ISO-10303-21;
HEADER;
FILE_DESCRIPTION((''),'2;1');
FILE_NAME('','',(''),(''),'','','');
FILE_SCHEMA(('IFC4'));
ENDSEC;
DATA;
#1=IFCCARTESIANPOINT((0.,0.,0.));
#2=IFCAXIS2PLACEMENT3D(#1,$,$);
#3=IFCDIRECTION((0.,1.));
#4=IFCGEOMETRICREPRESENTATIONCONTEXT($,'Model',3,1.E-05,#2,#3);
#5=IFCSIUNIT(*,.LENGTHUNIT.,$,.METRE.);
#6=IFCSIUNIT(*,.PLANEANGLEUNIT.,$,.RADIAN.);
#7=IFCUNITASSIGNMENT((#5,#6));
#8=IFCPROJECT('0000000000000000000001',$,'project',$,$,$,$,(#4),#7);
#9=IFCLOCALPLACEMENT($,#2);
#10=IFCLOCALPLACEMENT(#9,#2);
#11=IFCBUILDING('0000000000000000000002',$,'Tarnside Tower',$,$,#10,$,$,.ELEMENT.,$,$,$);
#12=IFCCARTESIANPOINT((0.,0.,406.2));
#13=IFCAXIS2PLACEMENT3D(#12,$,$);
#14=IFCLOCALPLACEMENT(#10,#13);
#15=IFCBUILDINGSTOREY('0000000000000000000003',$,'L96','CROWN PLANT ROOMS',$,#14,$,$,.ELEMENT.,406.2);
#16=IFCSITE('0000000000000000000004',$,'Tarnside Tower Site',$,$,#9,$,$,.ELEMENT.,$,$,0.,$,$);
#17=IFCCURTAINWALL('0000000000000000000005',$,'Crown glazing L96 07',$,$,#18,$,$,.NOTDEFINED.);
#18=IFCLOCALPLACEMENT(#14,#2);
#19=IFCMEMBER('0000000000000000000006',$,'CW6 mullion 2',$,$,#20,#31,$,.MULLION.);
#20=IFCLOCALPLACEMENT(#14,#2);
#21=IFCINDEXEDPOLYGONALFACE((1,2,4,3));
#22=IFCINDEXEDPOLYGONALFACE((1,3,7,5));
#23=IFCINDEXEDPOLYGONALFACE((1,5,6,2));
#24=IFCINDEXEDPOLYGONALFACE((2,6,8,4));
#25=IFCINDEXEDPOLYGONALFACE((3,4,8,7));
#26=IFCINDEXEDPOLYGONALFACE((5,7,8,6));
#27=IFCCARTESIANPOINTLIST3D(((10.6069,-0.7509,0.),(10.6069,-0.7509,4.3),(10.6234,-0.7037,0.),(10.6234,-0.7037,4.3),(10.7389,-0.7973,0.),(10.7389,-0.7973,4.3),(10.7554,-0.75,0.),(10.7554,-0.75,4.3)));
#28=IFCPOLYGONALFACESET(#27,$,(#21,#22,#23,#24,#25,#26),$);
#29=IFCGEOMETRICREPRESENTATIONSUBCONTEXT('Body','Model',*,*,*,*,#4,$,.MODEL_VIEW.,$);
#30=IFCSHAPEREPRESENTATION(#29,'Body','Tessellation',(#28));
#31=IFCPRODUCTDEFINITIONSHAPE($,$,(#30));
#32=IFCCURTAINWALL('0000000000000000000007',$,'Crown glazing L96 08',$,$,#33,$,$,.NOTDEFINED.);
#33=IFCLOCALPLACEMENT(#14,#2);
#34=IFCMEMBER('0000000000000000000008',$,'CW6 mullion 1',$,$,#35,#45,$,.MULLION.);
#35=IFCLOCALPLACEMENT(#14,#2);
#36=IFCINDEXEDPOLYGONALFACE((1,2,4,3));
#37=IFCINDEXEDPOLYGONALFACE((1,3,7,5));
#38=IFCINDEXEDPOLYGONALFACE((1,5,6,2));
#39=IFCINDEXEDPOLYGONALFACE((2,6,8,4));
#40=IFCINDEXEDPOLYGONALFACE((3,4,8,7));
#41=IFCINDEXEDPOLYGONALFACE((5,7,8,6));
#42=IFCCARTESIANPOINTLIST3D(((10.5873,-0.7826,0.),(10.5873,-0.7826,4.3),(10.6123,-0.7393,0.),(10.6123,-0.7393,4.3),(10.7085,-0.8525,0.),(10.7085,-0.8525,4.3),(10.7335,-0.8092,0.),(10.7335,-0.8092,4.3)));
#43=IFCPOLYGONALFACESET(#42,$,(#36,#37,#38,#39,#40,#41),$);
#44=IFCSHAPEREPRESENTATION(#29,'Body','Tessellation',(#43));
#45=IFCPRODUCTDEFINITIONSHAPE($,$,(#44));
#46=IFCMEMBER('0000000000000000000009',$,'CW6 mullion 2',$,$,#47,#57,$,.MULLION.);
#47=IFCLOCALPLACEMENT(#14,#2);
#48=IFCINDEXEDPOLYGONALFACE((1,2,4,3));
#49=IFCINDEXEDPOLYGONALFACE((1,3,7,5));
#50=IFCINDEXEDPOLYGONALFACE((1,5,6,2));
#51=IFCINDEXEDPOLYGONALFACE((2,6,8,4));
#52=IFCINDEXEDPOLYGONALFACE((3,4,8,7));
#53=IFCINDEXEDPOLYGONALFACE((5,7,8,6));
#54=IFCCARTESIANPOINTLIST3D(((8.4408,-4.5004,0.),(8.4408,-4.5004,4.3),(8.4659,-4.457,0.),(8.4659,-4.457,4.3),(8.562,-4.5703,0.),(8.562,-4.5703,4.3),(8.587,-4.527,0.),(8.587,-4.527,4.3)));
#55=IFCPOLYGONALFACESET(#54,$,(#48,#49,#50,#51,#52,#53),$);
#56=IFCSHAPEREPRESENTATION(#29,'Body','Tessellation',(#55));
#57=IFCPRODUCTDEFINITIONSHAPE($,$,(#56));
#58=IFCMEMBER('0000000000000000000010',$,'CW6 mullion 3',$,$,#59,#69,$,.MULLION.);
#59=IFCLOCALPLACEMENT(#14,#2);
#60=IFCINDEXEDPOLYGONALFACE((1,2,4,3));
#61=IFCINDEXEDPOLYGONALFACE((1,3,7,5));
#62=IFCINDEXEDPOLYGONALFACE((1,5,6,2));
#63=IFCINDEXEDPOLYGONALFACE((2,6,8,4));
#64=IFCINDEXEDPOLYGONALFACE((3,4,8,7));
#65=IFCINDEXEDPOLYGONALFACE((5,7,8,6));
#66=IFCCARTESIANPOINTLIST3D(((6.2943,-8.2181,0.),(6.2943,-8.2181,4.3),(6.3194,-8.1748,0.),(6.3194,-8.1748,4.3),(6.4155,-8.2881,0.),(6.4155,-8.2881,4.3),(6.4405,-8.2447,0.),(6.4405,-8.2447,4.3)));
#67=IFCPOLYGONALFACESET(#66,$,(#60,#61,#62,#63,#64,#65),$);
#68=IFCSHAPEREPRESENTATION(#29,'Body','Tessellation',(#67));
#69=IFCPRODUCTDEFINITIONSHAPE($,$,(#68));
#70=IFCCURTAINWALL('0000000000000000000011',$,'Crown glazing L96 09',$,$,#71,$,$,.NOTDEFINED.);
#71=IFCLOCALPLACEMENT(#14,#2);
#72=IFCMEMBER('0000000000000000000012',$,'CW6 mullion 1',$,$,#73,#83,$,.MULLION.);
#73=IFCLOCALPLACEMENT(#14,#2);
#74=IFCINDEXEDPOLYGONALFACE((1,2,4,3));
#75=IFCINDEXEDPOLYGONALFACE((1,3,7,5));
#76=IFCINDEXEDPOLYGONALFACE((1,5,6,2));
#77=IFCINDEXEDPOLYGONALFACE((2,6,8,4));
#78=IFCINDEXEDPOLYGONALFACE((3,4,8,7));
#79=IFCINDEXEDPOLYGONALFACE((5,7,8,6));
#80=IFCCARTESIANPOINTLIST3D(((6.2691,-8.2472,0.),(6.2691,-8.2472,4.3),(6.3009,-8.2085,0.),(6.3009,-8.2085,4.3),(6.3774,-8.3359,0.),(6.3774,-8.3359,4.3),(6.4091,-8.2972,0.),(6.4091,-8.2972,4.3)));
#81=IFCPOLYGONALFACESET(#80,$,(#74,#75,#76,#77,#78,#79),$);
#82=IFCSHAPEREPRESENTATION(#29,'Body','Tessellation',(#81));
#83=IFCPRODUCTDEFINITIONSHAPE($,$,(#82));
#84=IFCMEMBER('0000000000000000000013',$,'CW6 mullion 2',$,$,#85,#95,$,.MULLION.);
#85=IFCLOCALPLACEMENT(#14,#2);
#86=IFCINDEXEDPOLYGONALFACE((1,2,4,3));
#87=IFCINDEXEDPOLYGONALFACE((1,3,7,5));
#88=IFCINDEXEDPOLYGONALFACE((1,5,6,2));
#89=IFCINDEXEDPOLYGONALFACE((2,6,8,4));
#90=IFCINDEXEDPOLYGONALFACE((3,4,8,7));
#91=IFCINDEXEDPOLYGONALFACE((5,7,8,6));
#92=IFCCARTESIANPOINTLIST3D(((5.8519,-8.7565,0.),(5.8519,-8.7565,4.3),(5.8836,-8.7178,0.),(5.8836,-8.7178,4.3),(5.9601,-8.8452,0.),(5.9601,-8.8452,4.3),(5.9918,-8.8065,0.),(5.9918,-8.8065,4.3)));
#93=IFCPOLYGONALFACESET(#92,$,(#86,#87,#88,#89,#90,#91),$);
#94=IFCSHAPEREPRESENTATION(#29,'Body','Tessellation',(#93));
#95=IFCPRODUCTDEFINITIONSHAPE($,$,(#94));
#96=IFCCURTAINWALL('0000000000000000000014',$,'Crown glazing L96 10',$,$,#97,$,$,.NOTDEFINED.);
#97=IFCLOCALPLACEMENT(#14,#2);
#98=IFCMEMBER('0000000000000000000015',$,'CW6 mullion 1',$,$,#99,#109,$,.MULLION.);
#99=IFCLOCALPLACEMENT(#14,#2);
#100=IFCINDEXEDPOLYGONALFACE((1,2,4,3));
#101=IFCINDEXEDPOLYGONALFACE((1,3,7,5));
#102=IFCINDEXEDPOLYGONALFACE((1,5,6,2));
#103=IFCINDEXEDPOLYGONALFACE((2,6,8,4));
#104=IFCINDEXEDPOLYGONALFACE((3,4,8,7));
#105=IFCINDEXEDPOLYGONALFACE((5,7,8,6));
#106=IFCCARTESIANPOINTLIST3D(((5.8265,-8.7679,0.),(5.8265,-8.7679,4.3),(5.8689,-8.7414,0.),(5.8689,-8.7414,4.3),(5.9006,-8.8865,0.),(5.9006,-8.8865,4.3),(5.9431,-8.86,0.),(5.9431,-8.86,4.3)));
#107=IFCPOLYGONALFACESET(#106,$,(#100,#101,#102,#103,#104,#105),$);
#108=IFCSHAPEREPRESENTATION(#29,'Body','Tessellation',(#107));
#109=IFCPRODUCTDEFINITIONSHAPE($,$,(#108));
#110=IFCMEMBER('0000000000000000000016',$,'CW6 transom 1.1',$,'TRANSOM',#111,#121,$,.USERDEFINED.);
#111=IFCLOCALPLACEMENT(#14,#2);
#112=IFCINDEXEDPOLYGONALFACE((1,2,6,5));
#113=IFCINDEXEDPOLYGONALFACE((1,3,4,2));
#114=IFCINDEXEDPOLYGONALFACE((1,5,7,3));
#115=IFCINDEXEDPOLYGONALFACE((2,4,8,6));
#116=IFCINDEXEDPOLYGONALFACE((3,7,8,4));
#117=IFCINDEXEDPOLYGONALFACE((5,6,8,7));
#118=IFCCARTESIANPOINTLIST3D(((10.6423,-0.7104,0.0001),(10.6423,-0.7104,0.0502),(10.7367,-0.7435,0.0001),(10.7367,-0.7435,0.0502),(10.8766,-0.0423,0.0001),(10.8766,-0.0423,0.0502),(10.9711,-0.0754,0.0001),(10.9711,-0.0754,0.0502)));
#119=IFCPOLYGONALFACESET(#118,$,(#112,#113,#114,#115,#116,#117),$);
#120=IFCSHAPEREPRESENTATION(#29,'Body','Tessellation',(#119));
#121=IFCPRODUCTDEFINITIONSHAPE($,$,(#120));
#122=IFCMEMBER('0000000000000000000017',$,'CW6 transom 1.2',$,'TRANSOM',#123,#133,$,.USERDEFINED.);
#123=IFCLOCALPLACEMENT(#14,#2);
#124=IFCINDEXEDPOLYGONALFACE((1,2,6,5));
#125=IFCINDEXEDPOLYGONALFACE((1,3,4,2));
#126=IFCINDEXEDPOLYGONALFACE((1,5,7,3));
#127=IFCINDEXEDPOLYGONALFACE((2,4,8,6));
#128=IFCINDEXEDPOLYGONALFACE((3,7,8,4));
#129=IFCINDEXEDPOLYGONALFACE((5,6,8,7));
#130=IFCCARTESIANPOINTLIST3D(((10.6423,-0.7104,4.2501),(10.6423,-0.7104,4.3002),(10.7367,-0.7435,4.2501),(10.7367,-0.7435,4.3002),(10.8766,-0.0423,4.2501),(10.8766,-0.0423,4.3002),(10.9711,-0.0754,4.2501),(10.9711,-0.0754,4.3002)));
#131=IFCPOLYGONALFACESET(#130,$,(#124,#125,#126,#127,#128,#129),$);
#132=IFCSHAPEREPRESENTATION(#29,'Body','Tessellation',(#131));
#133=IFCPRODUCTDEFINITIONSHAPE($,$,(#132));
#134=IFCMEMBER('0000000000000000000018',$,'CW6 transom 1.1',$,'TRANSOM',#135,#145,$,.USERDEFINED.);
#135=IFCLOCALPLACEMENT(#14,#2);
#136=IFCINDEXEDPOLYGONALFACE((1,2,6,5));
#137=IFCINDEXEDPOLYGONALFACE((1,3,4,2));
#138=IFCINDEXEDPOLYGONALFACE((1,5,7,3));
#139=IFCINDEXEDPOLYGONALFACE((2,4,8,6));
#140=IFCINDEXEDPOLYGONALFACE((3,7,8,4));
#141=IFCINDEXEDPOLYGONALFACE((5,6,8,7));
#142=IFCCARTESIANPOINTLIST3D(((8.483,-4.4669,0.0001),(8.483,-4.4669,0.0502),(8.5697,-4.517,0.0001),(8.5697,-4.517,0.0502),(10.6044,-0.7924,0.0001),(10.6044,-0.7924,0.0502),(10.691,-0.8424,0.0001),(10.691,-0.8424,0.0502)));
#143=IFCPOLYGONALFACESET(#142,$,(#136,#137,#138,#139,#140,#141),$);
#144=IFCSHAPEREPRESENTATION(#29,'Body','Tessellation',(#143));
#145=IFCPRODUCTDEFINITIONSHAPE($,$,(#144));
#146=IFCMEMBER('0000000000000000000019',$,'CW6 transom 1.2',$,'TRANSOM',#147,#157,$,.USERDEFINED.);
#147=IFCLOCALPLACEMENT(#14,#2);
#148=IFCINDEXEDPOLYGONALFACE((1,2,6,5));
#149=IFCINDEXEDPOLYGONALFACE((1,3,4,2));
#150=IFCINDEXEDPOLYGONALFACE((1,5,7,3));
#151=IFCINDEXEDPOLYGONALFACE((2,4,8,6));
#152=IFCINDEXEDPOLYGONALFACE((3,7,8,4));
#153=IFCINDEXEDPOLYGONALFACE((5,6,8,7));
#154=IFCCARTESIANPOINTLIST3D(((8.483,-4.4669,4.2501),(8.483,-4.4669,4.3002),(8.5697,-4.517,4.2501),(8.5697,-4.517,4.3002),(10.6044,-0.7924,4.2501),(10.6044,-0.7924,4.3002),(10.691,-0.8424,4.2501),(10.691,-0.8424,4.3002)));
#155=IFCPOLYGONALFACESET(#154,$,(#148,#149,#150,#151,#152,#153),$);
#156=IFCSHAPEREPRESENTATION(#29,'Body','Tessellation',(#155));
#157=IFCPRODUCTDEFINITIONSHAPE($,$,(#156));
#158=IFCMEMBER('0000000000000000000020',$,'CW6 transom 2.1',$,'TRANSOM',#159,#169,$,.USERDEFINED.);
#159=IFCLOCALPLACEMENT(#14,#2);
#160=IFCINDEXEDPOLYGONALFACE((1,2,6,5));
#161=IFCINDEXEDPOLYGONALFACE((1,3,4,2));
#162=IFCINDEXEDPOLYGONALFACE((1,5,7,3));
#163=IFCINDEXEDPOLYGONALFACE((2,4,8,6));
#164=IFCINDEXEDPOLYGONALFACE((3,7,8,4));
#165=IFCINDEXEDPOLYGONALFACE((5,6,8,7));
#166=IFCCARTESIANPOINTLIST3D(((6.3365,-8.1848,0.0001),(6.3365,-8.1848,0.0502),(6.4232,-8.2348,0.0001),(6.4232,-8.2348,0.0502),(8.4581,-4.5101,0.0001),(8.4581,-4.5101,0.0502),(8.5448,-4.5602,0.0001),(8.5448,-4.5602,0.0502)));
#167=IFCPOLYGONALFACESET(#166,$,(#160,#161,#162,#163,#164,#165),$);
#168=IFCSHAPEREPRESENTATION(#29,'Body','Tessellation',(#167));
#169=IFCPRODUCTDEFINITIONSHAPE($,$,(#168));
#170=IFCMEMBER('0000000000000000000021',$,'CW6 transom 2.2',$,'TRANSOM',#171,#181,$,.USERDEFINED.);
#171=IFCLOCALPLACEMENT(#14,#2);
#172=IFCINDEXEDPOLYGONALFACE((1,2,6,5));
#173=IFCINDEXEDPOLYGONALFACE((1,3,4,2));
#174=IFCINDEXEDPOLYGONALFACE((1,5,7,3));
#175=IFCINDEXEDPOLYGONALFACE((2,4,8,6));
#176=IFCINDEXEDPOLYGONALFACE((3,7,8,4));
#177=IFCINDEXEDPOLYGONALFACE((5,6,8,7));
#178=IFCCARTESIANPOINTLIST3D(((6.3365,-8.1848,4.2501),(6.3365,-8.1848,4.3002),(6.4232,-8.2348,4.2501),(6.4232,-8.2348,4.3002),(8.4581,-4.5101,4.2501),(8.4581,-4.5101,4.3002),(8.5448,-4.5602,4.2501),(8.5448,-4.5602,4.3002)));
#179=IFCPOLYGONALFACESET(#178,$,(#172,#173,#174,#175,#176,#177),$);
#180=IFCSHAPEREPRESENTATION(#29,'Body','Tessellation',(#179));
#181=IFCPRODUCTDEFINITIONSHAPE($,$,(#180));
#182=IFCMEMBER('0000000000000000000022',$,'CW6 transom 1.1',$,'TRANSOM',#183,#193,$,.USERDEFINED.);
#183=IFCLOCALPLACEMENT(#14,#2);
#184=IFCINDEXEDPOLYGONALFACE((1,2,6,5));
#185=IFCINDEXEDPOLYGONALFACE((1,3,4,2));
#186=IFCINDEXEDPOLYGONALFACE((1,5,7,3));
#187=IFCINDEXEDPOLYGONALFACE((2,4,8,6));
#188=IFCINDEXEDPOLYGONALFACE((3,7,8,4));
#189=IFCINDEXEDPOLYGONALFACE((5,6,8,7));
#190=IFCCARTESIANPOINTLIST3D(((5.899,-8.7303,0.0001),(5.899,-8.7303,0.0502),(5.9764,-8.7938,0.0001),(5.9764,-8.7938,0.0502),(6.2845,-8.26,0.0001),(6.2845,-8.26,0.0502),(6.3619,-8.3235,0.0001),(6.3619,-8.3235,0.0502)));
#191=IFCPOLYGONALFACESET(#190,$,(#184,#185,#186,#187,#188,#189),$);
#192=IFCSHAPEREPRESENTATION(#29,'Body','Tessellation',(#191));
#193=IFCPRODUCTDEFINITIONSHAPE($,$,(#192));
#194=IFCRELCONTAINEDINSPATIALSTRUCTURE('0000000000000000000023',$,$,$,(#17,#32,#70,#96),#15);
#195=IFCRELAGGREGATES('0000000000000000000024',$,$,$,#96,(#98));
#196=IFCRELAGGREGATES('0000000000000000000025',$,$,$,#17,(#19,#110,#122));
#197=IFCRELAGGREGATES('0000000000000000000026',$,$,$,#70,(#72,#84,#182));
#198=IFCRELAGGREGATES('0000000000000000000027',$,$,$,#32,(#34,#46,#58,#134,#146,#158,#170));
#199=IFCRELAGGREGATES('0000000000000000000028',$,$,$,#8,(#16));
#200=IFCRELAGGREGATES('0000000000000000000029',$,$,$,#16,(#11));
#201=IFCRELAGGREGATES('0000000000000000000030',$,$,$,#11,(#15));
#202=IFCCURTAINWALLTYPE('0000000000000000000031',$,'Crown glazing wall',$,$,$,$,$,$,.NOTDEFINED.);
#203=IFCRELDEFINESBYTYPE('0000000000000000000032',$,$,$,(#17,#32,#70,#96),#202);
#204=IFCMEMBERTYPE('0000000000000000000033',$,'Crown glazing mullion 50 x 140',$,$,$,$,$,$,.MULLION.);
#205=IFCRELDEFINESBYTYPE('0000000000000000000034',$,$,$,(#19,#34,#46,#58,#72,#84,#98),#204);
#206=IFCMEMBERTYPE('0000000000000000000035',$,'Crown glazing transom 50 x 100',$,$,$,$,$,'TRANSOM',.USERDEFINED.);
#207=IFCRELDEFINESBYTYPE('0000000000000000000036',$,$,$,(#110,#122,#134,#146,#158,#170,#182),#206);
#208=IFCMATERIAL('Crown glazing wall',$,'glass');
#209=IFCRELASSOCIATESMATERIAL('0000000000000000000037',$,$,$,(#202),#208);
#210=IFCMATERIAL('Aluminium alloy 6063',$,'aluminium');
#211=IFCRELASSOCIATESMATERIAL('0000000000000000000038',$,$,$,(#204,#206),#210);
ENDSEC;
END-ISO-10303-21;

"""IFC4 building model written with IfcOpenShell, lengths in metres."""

from ifc_helpers import new_model, si_unit, direction, frame, origin, origin_2d, place, context, subcontext, project, spatial, rectangle, extrude, material, material_profile, profile_set, type_object, element, aggregate, save


model = new_model("IFC4")

# Units and contexts
model_context = context("Model", 3, precision=1e-05, world=origin(), true_north=direction((0.0, 1.0)))
body_context = subcontext(model_context, "Body", "Model", "MODEL_VIEW")
ifc_project = project(units=[si_unit("LENGTHUNIT", "METRE"), si_unit("PLANEANGLEUNIT", "RADIAN")], contexts=[model_context])

# Site, building, storey
site_placement = place(None, origin())
site = spatial("IfcSite", under=ifc_project, at=site_placement, Name="Tarnside Tower Site", CompositionType="ELEMENT", RefElevation=0.0)
building_placement = place(site_placement, origin())
building = spatial("IfcBuilding", under=site, at=building_placement, Name="Tarnside Tower", CompositionType="ELEMENT")
storey_placement = place(building_placement, frame((0.0, 0.0, 406.2)))
storey = spatial("IfcBuildingStorey", under=building, at=storey_placement, Name="L96", Description="CROWN PLANT ROOMS", CompositionType="ELEMENT", Elevation=406.2)

# Curtain wall, member
ifc_material_1 = material(Name="Crown glazing wall", Category="glass")
curtain_wall_type = type_object("IfcCurtainWallType", Name="Crown glazing wall", PredefinedType="NOTDEFINED", material=ifc_material_1)
curtain_wall_1_placement = place(storey_placement, origin())
curtain_wall_1 = element("IfcCurtainWall", 1, at=curtain_wall_1_placement, inside=storey, type_object=curtain_wall_type, Name="Crown glazing L96 07", PredefinedType="NOTDEFINED")
ifc_material_2 = material(Name="Aluminium alloy 6063", Category="aluminium")
ifc_material_profile_1 = material_profile(ifc_material_2, rectangle(XDim=0.1399, YDim=0.05, at=origin_2d()), Name="Crown glazing mullion 50 x 140")
ifc_profile_set_1 = profile_set([ifc_material_profile_1], Name="Aluminium alloy 6063")
member_type_1 = type_object("IfcMemberType", Name="Crown glazing mullion 50 x 140", PredefinedType="MULLION", material=ifc_profile_set_1)
member_1_placement = place(storey_placement, frame((10.6812, -0.7505, 0.0), z_axis=(0.0, 0.0, 1.0), x_axis=(0.943609, -0.331063, 0.0)))
member_1 = element("IfcMember", 2, at=member_1_placement, type_object=member_type_1, Name="CW6 mullion 2", PredefinedType="MULLION", context=body_context, shape_type="SweptSolid", body=[
    extrude(rectangle(XDim=0.1399, YDim=0.05, at=origin_2d()), origin(), (0.0, 0.0, 1.0), 4.3),
])

# Curtain walls, members
curtain_wall_2_placement = place(storey_placement, origin())
curtain_wall_2 = element("IfcCurtainWall", 3, at=curtain_wall_2_placement, inside=storey, type_object=curtain_wall_type, Name="Crown glazing L96 08", PredefinedType="NOTDEFINED")
member_2_placement = place(storey_placement, frame((10.6604, -0.7959, 0.0), z_axis=(0.0, 0.0, 1.0), x_axis=(0.866025, -0.5, 0.0)))
member_2 = element("IfcMember", 4, at=member_2_placement, type_object=member_type_1, Name="CW6 mullion 1", PredefinedType="MULLION", context=body_context, shape_type="SweptSolid", body=[
    extrude(rectangle(XDim=0.1399, YDim=0.05, at=origin_2d()), origin(), (0.0, 0.0, 1.0), 4.3),
])
member_3_placement = place(storey_placement, frame((8.5139, -4.5137, 0.0), z_axis=(0.0, 0.0, 1.0), x_axis=(0.866025, -0.5, 0.0)))
member_3 = element("IfcMember", 5, at=member_3_placement, type_object=member_type_1, Name="CW6 mullion 2", PredefinedType="MULLION", context=body_context, shape_type="SweptSolid", body=[
    extrude(rectangle(XDim=0.1399, YDim=0.05, at=origin_2d()), origin(), (0.0, 0.0, 1.0), 4.3),
])
member_4_placement = place(storey_placement, frame((6.3674, -8.2314, 0.0), z_axis=(0.0, 0.0, 1.0), x_axis=(0.866025, -0.5, 0.0)))
member_4 = element("IfcMember", 6, at=member_4_placement, type_object=member_type_1, Name="CW6 mullion 3", PredefinedType="MULLION", context=body_context, shape_type="SweptSolid", body=[
    extrude(rectangle(XDim=0.1399, YDim=0.05, at=origin_2d()), origin(), (0.0, 0.0, 1.0), 4.3),
])
curtain_wall_3_placement = place(storey_placement, origin())
curtain_wall_3 = element("IfcCurtainWall", 7, at=curtain_wall_3_placement, inside=storey, type_object=curtain_wall_type, Name="Crown glazing L96 09", PredefinedType="NOTDEFINED")
member_5_placement = place(storey_placement, frame((6.3391, -8.2722, 0.0), z_axis=(0.0, 0.0, 1.0), x_axis=(0.773472, -0.633831, 0.0)))
member_5 = element("IfcMember", 8, at=member_5_placement, type_object=member_type_1, Name="CW6 mullion 1", PredefinedType="MULLION", context=body_context, shape_type="SweptSolid", body=[
    extrude(rectangle(XDim=0.1399, YDim=0.05, at=origin_2d()), origin(), (0.0, 0.0, 1.0), 4.3),
])
member_6_placement = place(storey_placement, frame((5.9219, -8.7815, 0.0), z_axis=(0.0, 0.0, 1.0), x_axis=(0.773472, -0.633831, 0.0)))
member_6 = element("IfcMember", 9, at=member_6_placement, type_object=member_type_1, Name="CW6 mullion 2", PredefinedType="MULLION", context=body_context, shape_type="SweptSolid", body=[
    extrude(rectangle(XDim=0.1399, YDim=0.05, at=origin_2d()), origin(), (0.0, 0.0, 1.0), 4.3),
])

# Curtain wall, member
curtain_wall_4_placement = place(storey_placement, origin())
curtain_wall_4 = element("IfcCurtainWall", 10, at=curtain_wall_4_placement, inside=storey, type_object=curtain_wall_type, Name="Crown glazing L96 10", PredefinedType="NOTDEFINED")
member_7_placement = place(storey_placement, frame((5.8848, -8.814, 0.0), z_axis=(0.0, 0.0, 1.0), x_axis=(0.529919, -0.848048, 0.0)))
member_7 = element("IfcMember", 11, at=member_7_placement, type_object=member_type_1, Name="CW6 mullion 1", PredefinedType="MULLION", context=body_context, shape_type="SweptSolid", body=[
    extrude(rectangle(XDim=0.1399, YDim=0.05, at=origin_2d()), origin(), (0.0, 0.0, 1.0), 4.3),
])

# Members
ifc_material_profile_2 = material_profile(ifc_material_2, rectangle(XDim=0.1001, YDim=0.05, at=origin_2d()), Name="Crown glazing transom 50 x 100")
ifc_profile_set_2 = profile_set([ifc_material_profile_2], Name="Aluminium alloy 6063")
member_type_2 = type_object("IfcMemberType", Name="Crown glazing transom 50 x 100", ElementType="TRANSOM", PredefinedType="USERDEFINED", material=ifc_profile_set_2)
member_8_placement = place(storey_placement, frame((10.9238, -0.0588, 0.0251), z_axis=(-0.33098, -0.943638, 0.0), x_axis=(0.943638, -0.33098, 0.0)))
member_8 = element("IfcMember", 12, at=member_8_placement, type_object=member_type_2, Name="CW6 transom 1.1", ObjectType="TRANSOM", PredefinedType="USERDEFINED", context=body_context, shape_type="SweptSolid", body=[
    extrude(rectangle(XDim=0.1001, YDim=0.05, at=origin_2d()), origin(), (0.0, 0.0, 1.0), 0.708),
])
member_9_placement = place(storey_placement, frame((10.9238, -0.0588, 4.2751), z_axis=(-0.33098, -0.943638, 0.0), x_axis=(0.943638, -0.33098, 0.0)))
member_9 = element("IfcMember", 13, at=member_9_placement, type_object=member_type_2, Name="CW6 transom 1.2", ObjectType="TRANSOM", PredefinedType="USERDEFINED", context=body_context, shape_type="SweptSolid", body=[
    extrude(rectangle(XDim=0.1001, YDim=0.05, at=origin_2d()), origin(), (0.0, 0.0, 1.0), 0.708),
])
member_10_placement = place(storey_placement, frame((10.6477, -0.8174, 0.0251), z_axis=(-0.49997, -0.866043, 0.0), x_axis=(0.866043, -0.49997, 0.0)))
member_10 = element("IfcMember", 14, at=member_10_placement, type_object=member_type_2, Name="CW6 transom 1.1", ObjectType="TRANSOM", PredefinedType="USERDEFINED", context=body_context, shape_type="SweptSolid", body=[
    extrude(rectangle(XDim=0.1001, YDim=0.05, at=origin_2d()), origin(), (0.0, 0.0, 1.0), 4.2429),
])
member_11_placement = place(storey_placement, frame((10.6477, -0.8174, 4.2751), z_axis=(-0.49997, -0.866043, 0.0), x_axis=(0.866043, -0.49997, 0.0)))
member_11 = element("IfcMember", 15, at=member_11_placement, type_object=member_type_2, Name="CW6 transom 1.2", ObjectType="TRANSOM", PredefinedType="USERDEFINED", context=body_context, shape_type="SweptSolid", body=[
    extrude(rectangle(XDim=0.1001, YDim=0.05, at=origin_2d()), origin(), (0.0, 0.0, 1.0), 4.2429),
])
member_12_placement = place(storey_placement, frame((8.5015, -4.5352, 0.0251), z_axis=(-0.500013, -0.866018, 0.0), x_axis=(0.866018, -0.500013, 0.0)))
member_12 = element("IfcMember", 16, at=member_12_placement, type_object=member_type_2, Name="CW6 transom 2.1", ObjectType="TRANSOM", PredefinedType="USERDEFINED", context=body_context, shape_type="SweptSolid", body=[
    extrude(rectangle(XDim=0.1001, YDim=0.05, at=origin_2d()), origin(), (0.0, 0.0, 1.0), 4.2432),
])
member_13_placement = place(storey_placement, frame((8.5015, -4.5352, 4.2751), z_axis=(-0.500013, -0.866018, 0.0), x_axis=(0.866018, -0.500013, 0.0)))
member_13 = element("IfcMember", 17, at=member_13_placement, type_object=member_type_2, Name="CW6 transom 2.2", ObjectType="TRANSOM", PredefinedType="USERDEFINED", context=body_context, shape_type="SweptSolid", body=[
    extrude(rectangle(XDim=0.1001, YDim=0.05, at=origin_2d()), origin(), (0.0, 0.0, 1.0), 4.2432),
])
member_14_placement = place(storey_placement, frame((6.3232, -8.2917, 0.0251), z_axis=(-0.634003, -0.773331, 0.0), x_axis=(0.773331, -0.634003, 0.0)))
member_14 = element("IfcMember", 18, at=member_14_placement, type_object=member_type_2, Name="CW6 transom 1.1", ObjectType="TRANSOM", PredefinedType="USERDEFINED", context=body_context, shape_type="SweptSolid", body=[
    extrude(rectangle(XDim=0.1001, YDim=0.05, at=origin_2d()), origin(), (0.0, 0.0, 1.0), 0.6082),
])
aggregate(curtain_wall_4, [member_7])

aggregate(curtain_wall_1, [member_1, member_8, member_9])
aggregate(curtain_wall_3, [member_5, member_6, member_14])
aggregate(curtain_wall_2, [member_2, member_3, member_4, member_10, member_11, member_12, member_13])

save(model, "model.ifc")
